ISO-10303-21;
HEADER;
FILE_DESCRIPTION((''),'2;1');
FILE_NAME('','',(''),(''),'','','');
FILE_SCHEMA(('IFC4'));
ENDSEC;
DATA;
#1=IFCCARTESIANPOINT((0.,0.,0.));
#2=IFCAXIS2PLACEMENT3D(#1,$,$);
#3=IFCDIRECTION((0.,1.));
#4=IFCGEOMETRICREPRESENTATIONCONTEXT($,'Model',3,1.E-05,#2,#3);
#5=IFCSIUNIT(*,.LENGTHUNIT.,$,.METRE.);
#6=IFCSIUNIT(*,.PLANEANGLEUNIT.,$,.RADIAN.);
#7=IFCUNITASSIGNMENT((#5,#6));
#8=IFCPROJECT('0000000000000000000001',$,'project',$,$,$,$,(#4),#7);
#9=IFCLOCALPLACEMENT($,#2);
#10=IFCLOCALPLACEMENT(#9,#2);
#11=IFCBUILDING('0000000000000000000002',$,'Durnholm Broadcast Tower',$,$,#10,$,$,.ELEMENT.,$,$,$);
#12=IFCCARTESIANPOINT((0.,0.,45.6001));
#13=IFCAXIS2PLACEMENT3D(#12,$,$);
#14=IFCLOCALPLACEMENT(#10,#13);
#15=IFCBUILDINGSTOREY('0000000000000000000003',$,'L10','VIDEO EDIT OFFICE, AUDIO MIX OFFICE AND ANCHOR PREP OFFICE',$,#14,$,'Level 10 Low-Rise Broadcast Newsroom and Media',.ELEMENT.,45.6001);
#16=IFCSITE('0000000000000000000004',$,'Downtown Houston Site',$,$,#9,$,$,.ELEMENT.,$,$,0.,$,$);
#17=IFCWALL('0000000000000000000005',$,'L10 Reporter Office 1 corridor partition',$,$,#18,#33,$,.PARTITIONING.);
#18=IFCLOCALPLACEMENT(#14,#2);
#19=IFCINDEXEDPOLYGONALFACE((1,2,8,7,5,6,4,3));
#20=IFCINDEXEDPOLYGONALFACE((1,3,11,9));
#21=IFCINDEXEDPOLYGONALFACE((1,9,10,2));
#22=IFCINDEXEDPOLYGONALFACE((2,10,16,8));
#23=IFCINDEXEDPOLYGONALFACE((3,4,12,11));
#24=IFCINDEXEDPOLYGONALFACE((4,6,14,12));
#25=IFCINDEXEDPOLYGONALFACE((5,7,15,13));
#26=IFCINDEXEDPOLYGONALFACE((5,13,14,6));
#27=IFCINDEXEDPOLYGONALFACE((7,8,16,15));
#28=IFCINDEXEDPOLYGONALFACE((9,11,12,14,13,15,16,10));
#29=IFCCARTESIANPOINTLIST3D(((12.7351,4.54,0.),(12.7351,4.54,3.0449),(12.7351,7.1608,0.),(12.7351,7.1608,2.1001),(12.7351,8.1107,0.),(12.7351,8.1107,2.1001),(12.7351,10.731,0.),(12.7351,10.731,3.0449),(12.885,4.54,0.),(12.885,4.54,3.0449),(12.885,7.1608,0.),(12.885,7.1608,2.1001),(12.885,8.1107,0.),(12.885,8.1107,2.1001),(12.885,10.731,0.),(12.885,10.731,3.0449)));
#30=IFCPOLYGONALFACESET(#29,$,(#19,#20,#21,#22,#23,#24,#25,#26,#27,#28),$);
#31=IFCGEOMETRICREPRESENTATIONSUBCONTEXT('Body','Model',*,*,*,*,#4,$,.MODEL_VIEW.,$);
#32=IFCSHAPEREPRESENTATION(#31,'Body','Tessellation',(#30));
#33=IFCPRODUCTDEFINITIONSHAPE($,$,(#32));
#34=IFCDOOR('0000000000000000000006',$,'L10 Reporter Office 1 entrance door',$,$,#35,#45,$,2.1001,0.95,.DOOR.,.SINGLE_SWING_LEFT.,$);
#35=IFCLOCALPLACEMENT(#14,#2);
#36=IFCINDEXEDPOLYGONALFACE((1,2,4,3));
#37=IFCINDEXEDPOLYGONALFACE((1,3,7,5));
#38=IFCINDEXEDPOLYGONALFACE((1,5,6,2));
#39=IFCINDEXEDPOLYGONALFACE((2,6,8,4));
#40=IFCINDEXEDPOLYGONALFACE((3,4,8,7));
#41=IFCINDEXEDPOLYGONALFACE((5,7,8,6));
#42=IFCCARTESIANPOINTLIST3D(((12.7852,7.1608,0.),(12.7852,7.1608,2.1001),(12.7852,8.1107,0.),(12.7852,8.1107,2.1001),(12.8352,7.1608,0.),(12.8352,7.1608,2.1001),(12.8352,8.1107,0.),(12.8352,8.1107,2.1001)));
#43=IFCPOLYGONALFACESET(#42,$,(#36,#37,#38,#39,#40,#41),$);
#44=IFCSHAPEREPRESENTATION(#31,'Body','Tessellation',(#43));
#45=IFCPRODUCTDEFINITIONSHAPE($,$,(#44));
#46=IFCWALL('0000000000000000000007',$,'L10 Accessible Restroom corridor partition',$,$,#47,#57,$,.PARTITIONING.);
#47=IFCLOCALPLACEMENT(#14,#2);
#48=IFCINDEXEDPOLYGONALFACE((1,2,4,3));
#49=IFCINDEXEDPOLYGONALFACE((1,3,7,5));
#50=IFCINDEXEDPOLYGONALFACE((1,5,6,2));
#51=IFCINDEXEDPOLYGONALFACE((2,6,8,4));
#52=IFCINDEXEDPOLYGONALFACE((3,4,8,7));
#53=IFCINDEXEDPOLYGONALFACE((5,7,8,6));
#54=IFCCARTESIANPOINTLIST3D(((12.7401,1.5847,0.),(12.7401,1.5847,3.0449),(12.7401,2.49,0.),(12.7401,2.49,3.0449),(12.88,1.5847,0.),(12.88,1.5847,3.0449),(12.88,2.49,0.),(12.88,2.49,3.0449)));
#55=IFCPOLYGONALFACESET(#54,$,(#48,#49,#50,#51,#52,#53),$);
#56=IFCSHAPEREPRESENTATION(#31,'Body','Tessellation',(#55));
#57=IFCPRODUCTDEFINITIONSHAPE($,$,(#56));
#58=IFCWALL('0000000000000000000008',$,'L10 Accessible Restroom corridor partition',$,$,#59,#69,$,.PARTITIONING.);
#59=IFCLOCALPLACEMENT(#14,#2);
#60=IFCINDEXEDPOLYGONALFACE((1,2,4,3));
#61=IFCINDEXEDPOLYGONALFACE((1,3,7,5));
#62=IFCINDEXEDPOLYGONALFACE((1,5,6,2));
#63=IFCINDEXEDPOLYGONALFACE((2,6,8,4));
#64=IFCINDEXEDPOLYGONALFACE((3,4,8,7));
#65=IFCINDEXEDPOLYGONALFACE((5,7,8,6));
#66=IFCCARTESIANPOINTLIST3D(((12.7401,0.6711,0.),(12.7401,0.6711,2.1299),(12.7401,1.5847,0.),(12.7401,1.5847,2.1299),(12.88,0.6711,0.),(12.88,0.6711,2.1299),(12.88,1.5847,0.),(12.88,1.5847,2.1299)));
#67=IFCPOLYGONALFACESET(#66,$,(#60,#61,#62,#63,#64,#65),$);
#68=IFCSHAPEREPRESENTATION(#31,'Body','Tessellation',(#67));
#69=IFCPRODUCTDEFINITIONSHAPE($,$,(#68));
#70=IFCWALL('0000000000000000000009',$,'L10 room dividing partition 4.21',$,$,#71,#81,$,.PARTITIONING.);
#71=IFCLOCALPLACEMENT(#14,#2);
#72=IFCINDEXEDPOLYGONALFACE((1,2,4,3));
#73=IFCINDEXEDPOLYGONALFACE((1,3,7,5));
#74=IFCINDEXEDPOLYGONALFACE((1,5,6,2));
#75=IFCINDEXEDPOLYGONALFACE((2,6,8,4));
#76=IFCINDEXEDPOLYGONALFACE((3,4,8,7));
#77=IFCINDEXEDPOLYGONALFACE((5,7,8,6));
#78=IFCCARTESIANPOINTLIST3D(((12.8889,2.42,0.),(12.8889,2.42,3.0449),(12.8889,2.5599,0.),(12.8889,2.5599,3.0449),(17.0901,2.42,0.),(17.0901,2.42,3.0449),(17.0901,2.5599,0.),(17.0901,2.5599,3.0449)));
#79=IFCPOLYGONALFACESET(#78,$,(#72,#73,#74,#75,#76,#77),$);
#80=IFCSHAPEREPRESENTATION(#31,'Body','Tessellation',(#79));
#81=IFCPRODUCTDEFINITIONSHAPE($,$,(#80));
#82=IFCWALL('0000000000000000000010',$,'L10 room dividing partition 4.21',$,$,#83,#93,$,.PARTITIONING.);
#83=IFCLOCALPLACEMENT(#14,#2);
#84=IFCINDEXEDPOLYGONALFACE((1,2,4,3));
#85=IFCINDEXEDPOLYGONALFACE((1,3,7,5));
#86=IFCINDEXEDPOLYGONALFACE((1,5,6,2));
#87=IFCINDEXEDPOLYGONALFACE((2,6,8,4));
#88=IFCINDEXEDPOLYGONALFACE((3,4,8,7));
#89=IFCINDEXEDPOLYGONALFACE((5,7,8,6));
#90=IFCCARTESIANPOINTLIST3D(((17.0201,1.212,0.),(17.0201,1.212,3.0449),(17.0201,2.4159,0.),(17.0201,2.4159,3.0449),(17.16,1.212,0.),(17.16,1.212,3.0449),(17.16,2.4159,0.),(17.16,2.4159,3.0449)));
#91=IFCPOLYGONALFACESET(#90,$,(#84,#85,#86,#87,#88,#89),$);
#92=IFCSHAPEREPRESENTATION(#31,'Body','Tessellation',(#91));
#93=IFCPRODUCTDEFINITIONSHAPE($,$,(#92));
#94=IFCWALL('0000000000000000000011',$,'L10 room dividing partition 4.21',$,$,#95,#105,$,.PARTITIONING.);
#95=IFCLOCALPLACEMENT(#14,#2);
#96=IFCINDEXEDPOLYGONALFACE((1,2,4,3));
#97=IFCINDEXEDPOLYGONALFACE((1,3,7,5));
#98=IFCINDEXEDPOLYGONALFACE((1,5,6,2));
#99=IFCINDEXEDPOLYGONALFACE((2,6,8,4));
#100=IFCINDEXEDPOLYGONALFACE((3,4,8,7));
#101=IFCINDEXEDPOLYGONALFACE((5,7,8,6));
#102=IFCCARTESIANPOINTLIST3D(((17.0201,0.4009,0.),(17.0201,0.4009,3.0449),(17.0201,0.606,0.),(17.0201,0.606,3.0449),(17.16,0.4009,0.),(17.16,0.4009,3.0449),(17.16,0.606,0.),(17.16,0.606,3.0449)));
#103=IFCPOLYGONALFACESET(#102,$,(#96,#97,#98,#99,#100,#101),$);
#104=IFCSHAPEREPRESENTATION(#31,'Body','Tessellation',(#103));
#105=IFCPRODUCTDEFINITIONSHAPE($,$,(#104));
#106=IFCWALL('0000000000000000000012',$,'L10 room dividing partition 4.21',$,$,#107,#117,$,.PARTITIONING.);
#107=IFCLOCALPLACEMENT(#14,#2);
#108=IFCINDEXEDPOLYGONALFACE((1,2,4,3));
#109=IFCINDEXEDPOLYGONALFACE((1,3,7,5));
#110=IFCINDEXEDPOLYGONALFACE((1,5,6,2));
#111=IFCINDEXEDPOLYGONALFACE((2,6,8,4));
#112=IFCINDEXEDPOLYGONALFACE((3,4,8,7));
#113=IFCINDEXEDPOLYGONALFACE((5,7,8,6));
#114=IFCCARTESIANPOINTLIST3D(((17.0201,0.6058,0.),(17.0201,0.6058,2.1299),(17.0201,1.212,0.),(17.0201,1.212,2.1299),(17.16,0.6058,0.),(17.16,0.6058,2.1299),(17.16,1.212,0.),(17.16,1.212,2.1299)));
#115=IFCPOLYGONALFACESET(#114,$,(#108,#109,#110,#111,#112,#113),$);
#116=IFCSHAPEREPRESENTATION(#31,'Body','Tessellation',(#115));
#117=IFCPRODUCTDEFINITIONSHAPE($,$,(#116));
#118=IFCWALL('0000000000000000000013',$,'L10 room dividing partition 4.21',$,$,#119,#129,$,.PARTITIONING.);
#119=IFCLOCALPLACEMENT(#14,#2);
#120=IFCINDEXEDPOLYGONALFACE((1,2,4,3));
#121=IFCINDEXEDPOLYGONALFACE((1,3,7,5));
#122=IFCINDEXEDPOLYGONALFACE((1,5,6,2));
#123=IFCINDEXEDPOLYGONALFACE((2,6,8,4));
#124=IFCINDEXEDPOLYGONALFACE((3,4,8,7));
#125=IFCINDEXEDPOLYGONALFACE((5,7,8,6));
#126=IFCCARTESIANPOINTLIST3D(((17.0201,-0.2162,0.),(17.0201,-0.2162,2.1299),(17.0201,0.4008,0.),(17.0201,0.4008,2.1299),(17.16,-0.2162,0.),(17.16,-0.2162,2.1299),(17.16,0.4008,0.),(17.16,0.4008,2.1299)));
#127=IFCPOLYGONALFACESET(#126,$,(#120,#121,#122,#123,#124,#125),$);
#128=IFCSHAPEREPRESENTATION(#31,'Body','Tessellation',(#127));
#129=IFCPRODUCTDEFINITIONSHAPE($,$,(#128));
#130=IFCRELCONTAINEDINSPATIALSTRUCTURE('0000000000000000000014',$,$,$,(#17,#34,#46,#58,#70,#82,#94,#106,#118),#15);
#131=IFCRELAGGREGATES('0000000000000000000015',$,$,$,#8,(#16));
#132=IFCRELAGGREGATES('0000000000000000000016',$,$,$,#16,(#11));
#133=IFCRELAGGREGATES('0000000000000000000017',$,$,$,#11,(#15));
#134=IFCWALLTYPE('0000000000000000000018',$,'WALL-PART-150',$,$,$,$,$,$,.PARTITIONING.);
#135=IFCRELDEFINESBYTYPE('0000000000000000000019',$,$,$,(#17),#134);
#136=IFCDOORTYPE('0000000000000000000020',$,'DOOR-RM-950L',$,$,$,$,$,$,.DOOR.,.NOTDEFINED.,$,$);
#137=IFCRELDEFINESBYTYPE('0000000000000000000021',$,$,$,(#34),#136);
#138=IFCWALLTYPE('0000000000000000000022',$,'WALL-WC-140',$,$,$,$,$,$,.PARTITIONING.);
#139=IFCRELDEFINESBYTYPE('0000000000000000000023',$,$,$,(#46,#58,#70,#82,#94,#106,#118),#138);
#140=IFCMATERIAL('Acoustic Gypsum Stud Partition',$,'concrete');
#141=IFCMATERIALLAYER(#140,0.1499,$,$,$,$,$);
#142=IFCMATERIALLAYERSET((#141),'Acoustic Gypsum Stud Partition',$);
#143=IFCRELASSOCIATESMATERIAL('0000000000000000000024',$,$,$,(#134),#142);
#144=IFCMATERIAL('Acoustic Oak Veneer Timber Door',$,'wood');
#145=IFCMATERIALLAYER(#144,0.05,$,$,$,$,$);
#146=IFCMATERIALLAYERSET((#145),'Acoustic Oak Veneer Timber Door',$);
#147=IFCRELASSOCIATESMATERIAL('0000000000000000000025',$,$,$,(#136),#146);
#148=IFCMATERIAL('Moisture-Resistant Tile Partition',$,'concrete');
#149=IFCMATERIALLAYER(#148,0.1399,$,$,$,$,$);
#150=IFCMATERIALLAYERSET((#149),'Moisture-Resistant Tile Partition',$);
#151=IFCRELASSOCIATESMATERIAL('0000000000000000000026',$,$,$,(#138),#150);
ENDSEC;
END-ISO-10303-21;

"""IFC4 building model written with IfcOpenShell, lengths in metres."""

from ifc_helpers import new_model, si_unit, direction, frame, frame_2d, origin, place, context, subcontext, project, spatial, rectangle, extrude, source, transform, mapped, material, layer, layer_set, type_object, type_shapes, element, fill, save


model = new_model("IFC4")

# Units and contexts
model_context = context("Model", 3, precision=1e-05, world=origin(), true_north=direction((0.0, 1.0)))
body_context = subcontext(model_context, "Body", "Model", "MODEL_VIEW")
ifc_project = project(units=[si_unit("LENGTHUNIT", "METRE"), si_unit("PLANEANGLEUNIT", "RADIAN")], contexts=[model_context])

# Site, building, storey
site_placement = place(None, origin())
site = spatial("IfcSite", under=ifc_project, at=site_placement, Name="Downtown Houston Site", CompositionType="ELEMENT", RefElevation=0.0)
building_placement = place(site_placement, origin())
building = spatial("IfcBuilding", under=site, at=building_placement, Name="Durnholm Broadcast Tower", CompositionType="ELEMENT")
storey_placement = place(building_placement, frame((0.0, 0.0, 45.6001)))
storey = spatial("IfcBuildingStorey", under=building, at=storey_placement, Name="L10", Description="VIDEO EDIT OFFICE, AUDIO MIX OFFICE AND ANCHOR PREP OFFICE", LongName="Level 10 Low-Rise Broadcast Newsroom and Media", CompositionType="ELEMENT", Elevation=45.6001)

# Shared definitions
ifc_material_1 = material(Name="Acoustic Gypsum Stud Partition", Category="concrete")
ifc_layer_1 = layer(ifc_material_1, 0.1499)
ifc_layer_set_1 = layer_set([ifc_layer_1], Name="Acoustic Gypsum Stud Partition")
wall_type_1 = type_object("IfcWallType", Name="WALL-PART-150", PredefinedType="PARTITIONING", material=ifc_layer_set_1)

# Wall, opening, door
wall_1_placement = place(storey_placement, frame((12.8101, 4.54, 0.0), z_axis=(0.0, 0.0, 1.0), x_axis=(0.0, 1.0, 0.0)))
wall_1 = element("IfcWall", 1, at=wall_1_placement, inside=storey, type_object=wall_type_1, Name="L10 Reporter Office 1 corridor partition", PredefinedType="PARTITIONING", context=body_context, shape_type="SweptSolid", body=[
    extrude(rectangle(XDim=6.1909, YDim=0.1499, at=frame_2d((3.0955, 0.0))), origin(), (0.0, 0.0, 1.0), 3.0449),
])
opening_placement = place(wall_1_placement, frame((2.6206, 0.0, 0.0)))
opening = element("IfcOpeningElement", 2, at=opening_placement, cuts=wall_1, PredefinedType="OPENING", context=body_context, shape_type="SweptSolid", body=[
    extrude(rectangle(XDim=0.95, YDim=2.1001, at=frame_2d((0.4751, 1.05))), frame((0.0, 0.085, 0.0), z_axis=(0.0, -1.0, 0.0), x_axis=(1.0, 0.0, 0.0)), (0.0, 0.0, 1.0), 0.1699),
])
ifc_material_2 = material(Name="Acoustic Oak Veneer Timber Door", Category="wood")
ifc_layer_2 = layer(ifc_material_2, 0.05)
ifc_layer_set_2 = layer_set([ifc_layer_2], Name="Acoustic Oak Veneer Timber Door")
door_type = type_object("IfcDoorType", Name="DOOR-RM-950L", OperationType="NOTDEFINED", PredefinedType="DOOR", material=ifc_layer_set_2)
shared_shape_1 = source(origin(), body_context, "Body", "SweptSolid", [
    extrude(rectangle(XDim=0.95, YDim=2.1001, at=frame_2d((0.4751, 1.05))), frame((0.0, 0.0249, 0.0), z_axis=(0.0, -1.0, 0.0), x_axis=(1.0, 0.0, 0.0)), (0.0, 0.0, 1.0), 0.05),
])
type_shapes(door_type, [shared_shape_1])
door_placement = place(opening_placement, origin())
door = element("IfcDoor", 3, at=door_placement, inside=storey, type_object=door_type, Name="L10 Reporter Office 1 entrance door", OperationType="SINGLE_SWING_LEFT", OverallHeight=2.1001, OverallWidth=0.95, PredefinedType="DOOR", context=body_context, shape_type="MappedRepresentation", body=[
    mapped(shared_shape_1, transform((0.0, 0.0, 0.0), x_axis=(1.0, 0.0, 0.0), y_axis=(0.0, 1.0, 0.0), z_axis=(0.0, 0.0, 1.0), scale=1.0)),
])
fill(opening, door)

# Walls
ifc_material_3 = material(Name="Moisture-Resistant Tile Partition", Category="concrete")
ifc_layer_3 = layer(ifc_material_3, 0.1399)
ifc_layer_set_3 = layer_set([ifc_layer_3], Name="Moisture-Resistant Tile Partition")
wall_type_2 = type_object("IfcWallType", Name="WALL-WC-140", PredefinedType="PARTITIONING", material=ifc_layer_set_3)
wall_2_placement = place(storey_placement, frame((12.8101, 1.5847, 0.0), z_axis=(0.0, 0.0, 1.0), x_axis=(0.0, 1.0, 0.0)))
element("IfcWall", 4, at=wall_2_placement, inside=storey, type_object=wall_type_2, Name="L10 Accessible Restroom corridor partition", PredefinedType="PARTITIONING", context=body_context, shape_type="SweptSolid", body=[
    extrude(rectangle(XDim=0.9053, YDim=0.1399, at=frame_2d((0.4526, 0.0))), origin(), (0.0, 0.0, 1.0), 3.0449),
])
wall_3_placement = place(storey_placement, frame((12.8101, 0.6711, 0.0), z_axis=(0.0, 0.0, 1.0), x_axis=(0.0, 1.0, 0.0)))
element("IfcWall", 5, at=wall_3_placement, inside=storey, type_object=wall_type_2, Name="L10 Accessible Restroom corridor partition", PredefinedType="PARTITIONING", context=body_context, shape_type="SweptSolid", body=[
    extrude(rectangle(XDim=0.9136, YDim=0.1399, at=frame_2d((0.4568, 0.0))), origin(), (0.0, 0.0, 1.0), 2.1299),
])
wall_4_placement = place(storey_placement, frame((12.8889, 2.49, 0.0), z_axis=(0.0, 0.0, 1.0), x_axis=(1.0, 0.0, 0.0)))
element("IfcWall", 6, at=wall_4_placement, inside=storey, type_object=wall_type_2, Name="L10 room dividing partition 4.21", PredefinedType="PARTITIONING", context=body_context, shape_type="SweptSolid", body=[
    extrude(rectangle(XDim=4.2012, YDim=0.1399, at=frame_2d((2.1006, 0.0))), origin(), (0.0, 0.0, 1.0), 3.0449),
])
wall_5_placement = place(storey_placement, frame((17.0901, 2.416, 0.0), z_axis=(0.0, 0.0, 1.0), x_axis=(0.0, -1.0, 0.0)))
element("IfcWall", 7, at=wall_5_placement, inside=storey, type_object=wall_type_2, Name="L10 room dividing partition 4.21", PredefinedType="PARTITIONING", context=body_context, shape_type="SweptSolid", body=[
    extrude(rectangle(XDim=1.2039, YDim=0.1399, at=frame_2d((0.6021, 0.0))), origin(), (0.0, 0.0, 1.0), 3.0449),
])
wall_6_placement = place(storey_placement, frame((17.0901, 0.606, 0.0), z_axis=(0.0, 0.0, 1.0), x_axis=(0.0, -1.0, 0.0)))
element("IfcWall", 8, at=wall_6_placement, inside=storey, type_object=wall_type_2, Name="L10 room dividing partition 4.21", PredefinedType="PARTITIONING", context=body_context, shape_type="SweptSolid", body=[
    extrude(rectangle(XDim=0.2051, YDim=0.1399, at=frame_2d((0.1025, 0.0))), origin(), (0.0, 0.0, 1.0), 3.0449),
])
wall_7_placement = place(storey_placement, frame((17.0901, 1.2122, 0.0), z_axis=(0.0, 0.0, 1.0), x_axis=(0.0, -1.0, 0.0)))
element("IfcWall", 9, at=wall_7_placement, inside=storey, type_object=wall_type_2, Name="L10 room dividing partition 4.21", PredefinedType="PARTITIONING", context=body_context, shape_type="SweptSolid", body=[
    extrude(rectangle(XDim=0.6062, YDim=0.1399, at=frame_2d((0.3032, 0.0))), origin(), (0.0, 0.0, 1.0), 2.1299),
])
wall_8_placement = place(storey_placement, frame((17.0901, 0.4009, 0.0), z_axis=(0.0, 0.0, 1.0), x_axis=(0.0, -1.0, 0.0)))
element("IfcWall", 10, at=wall_8_placement, inside=storey, type_object=wall_type_2, Name="L10 room dividing partition 4.21", PredefinedType="PARTITIONING", context=body_context, shape_type="SweptSolid", body=[
    extrude(rectangle(XDim=0.6169, YDim=0.1399, at=frame_2d((0.3086, 0.0))), origin(), (0.0, 0.0, 1.0), 2.1299),
])

save(model, "model.ifc")
